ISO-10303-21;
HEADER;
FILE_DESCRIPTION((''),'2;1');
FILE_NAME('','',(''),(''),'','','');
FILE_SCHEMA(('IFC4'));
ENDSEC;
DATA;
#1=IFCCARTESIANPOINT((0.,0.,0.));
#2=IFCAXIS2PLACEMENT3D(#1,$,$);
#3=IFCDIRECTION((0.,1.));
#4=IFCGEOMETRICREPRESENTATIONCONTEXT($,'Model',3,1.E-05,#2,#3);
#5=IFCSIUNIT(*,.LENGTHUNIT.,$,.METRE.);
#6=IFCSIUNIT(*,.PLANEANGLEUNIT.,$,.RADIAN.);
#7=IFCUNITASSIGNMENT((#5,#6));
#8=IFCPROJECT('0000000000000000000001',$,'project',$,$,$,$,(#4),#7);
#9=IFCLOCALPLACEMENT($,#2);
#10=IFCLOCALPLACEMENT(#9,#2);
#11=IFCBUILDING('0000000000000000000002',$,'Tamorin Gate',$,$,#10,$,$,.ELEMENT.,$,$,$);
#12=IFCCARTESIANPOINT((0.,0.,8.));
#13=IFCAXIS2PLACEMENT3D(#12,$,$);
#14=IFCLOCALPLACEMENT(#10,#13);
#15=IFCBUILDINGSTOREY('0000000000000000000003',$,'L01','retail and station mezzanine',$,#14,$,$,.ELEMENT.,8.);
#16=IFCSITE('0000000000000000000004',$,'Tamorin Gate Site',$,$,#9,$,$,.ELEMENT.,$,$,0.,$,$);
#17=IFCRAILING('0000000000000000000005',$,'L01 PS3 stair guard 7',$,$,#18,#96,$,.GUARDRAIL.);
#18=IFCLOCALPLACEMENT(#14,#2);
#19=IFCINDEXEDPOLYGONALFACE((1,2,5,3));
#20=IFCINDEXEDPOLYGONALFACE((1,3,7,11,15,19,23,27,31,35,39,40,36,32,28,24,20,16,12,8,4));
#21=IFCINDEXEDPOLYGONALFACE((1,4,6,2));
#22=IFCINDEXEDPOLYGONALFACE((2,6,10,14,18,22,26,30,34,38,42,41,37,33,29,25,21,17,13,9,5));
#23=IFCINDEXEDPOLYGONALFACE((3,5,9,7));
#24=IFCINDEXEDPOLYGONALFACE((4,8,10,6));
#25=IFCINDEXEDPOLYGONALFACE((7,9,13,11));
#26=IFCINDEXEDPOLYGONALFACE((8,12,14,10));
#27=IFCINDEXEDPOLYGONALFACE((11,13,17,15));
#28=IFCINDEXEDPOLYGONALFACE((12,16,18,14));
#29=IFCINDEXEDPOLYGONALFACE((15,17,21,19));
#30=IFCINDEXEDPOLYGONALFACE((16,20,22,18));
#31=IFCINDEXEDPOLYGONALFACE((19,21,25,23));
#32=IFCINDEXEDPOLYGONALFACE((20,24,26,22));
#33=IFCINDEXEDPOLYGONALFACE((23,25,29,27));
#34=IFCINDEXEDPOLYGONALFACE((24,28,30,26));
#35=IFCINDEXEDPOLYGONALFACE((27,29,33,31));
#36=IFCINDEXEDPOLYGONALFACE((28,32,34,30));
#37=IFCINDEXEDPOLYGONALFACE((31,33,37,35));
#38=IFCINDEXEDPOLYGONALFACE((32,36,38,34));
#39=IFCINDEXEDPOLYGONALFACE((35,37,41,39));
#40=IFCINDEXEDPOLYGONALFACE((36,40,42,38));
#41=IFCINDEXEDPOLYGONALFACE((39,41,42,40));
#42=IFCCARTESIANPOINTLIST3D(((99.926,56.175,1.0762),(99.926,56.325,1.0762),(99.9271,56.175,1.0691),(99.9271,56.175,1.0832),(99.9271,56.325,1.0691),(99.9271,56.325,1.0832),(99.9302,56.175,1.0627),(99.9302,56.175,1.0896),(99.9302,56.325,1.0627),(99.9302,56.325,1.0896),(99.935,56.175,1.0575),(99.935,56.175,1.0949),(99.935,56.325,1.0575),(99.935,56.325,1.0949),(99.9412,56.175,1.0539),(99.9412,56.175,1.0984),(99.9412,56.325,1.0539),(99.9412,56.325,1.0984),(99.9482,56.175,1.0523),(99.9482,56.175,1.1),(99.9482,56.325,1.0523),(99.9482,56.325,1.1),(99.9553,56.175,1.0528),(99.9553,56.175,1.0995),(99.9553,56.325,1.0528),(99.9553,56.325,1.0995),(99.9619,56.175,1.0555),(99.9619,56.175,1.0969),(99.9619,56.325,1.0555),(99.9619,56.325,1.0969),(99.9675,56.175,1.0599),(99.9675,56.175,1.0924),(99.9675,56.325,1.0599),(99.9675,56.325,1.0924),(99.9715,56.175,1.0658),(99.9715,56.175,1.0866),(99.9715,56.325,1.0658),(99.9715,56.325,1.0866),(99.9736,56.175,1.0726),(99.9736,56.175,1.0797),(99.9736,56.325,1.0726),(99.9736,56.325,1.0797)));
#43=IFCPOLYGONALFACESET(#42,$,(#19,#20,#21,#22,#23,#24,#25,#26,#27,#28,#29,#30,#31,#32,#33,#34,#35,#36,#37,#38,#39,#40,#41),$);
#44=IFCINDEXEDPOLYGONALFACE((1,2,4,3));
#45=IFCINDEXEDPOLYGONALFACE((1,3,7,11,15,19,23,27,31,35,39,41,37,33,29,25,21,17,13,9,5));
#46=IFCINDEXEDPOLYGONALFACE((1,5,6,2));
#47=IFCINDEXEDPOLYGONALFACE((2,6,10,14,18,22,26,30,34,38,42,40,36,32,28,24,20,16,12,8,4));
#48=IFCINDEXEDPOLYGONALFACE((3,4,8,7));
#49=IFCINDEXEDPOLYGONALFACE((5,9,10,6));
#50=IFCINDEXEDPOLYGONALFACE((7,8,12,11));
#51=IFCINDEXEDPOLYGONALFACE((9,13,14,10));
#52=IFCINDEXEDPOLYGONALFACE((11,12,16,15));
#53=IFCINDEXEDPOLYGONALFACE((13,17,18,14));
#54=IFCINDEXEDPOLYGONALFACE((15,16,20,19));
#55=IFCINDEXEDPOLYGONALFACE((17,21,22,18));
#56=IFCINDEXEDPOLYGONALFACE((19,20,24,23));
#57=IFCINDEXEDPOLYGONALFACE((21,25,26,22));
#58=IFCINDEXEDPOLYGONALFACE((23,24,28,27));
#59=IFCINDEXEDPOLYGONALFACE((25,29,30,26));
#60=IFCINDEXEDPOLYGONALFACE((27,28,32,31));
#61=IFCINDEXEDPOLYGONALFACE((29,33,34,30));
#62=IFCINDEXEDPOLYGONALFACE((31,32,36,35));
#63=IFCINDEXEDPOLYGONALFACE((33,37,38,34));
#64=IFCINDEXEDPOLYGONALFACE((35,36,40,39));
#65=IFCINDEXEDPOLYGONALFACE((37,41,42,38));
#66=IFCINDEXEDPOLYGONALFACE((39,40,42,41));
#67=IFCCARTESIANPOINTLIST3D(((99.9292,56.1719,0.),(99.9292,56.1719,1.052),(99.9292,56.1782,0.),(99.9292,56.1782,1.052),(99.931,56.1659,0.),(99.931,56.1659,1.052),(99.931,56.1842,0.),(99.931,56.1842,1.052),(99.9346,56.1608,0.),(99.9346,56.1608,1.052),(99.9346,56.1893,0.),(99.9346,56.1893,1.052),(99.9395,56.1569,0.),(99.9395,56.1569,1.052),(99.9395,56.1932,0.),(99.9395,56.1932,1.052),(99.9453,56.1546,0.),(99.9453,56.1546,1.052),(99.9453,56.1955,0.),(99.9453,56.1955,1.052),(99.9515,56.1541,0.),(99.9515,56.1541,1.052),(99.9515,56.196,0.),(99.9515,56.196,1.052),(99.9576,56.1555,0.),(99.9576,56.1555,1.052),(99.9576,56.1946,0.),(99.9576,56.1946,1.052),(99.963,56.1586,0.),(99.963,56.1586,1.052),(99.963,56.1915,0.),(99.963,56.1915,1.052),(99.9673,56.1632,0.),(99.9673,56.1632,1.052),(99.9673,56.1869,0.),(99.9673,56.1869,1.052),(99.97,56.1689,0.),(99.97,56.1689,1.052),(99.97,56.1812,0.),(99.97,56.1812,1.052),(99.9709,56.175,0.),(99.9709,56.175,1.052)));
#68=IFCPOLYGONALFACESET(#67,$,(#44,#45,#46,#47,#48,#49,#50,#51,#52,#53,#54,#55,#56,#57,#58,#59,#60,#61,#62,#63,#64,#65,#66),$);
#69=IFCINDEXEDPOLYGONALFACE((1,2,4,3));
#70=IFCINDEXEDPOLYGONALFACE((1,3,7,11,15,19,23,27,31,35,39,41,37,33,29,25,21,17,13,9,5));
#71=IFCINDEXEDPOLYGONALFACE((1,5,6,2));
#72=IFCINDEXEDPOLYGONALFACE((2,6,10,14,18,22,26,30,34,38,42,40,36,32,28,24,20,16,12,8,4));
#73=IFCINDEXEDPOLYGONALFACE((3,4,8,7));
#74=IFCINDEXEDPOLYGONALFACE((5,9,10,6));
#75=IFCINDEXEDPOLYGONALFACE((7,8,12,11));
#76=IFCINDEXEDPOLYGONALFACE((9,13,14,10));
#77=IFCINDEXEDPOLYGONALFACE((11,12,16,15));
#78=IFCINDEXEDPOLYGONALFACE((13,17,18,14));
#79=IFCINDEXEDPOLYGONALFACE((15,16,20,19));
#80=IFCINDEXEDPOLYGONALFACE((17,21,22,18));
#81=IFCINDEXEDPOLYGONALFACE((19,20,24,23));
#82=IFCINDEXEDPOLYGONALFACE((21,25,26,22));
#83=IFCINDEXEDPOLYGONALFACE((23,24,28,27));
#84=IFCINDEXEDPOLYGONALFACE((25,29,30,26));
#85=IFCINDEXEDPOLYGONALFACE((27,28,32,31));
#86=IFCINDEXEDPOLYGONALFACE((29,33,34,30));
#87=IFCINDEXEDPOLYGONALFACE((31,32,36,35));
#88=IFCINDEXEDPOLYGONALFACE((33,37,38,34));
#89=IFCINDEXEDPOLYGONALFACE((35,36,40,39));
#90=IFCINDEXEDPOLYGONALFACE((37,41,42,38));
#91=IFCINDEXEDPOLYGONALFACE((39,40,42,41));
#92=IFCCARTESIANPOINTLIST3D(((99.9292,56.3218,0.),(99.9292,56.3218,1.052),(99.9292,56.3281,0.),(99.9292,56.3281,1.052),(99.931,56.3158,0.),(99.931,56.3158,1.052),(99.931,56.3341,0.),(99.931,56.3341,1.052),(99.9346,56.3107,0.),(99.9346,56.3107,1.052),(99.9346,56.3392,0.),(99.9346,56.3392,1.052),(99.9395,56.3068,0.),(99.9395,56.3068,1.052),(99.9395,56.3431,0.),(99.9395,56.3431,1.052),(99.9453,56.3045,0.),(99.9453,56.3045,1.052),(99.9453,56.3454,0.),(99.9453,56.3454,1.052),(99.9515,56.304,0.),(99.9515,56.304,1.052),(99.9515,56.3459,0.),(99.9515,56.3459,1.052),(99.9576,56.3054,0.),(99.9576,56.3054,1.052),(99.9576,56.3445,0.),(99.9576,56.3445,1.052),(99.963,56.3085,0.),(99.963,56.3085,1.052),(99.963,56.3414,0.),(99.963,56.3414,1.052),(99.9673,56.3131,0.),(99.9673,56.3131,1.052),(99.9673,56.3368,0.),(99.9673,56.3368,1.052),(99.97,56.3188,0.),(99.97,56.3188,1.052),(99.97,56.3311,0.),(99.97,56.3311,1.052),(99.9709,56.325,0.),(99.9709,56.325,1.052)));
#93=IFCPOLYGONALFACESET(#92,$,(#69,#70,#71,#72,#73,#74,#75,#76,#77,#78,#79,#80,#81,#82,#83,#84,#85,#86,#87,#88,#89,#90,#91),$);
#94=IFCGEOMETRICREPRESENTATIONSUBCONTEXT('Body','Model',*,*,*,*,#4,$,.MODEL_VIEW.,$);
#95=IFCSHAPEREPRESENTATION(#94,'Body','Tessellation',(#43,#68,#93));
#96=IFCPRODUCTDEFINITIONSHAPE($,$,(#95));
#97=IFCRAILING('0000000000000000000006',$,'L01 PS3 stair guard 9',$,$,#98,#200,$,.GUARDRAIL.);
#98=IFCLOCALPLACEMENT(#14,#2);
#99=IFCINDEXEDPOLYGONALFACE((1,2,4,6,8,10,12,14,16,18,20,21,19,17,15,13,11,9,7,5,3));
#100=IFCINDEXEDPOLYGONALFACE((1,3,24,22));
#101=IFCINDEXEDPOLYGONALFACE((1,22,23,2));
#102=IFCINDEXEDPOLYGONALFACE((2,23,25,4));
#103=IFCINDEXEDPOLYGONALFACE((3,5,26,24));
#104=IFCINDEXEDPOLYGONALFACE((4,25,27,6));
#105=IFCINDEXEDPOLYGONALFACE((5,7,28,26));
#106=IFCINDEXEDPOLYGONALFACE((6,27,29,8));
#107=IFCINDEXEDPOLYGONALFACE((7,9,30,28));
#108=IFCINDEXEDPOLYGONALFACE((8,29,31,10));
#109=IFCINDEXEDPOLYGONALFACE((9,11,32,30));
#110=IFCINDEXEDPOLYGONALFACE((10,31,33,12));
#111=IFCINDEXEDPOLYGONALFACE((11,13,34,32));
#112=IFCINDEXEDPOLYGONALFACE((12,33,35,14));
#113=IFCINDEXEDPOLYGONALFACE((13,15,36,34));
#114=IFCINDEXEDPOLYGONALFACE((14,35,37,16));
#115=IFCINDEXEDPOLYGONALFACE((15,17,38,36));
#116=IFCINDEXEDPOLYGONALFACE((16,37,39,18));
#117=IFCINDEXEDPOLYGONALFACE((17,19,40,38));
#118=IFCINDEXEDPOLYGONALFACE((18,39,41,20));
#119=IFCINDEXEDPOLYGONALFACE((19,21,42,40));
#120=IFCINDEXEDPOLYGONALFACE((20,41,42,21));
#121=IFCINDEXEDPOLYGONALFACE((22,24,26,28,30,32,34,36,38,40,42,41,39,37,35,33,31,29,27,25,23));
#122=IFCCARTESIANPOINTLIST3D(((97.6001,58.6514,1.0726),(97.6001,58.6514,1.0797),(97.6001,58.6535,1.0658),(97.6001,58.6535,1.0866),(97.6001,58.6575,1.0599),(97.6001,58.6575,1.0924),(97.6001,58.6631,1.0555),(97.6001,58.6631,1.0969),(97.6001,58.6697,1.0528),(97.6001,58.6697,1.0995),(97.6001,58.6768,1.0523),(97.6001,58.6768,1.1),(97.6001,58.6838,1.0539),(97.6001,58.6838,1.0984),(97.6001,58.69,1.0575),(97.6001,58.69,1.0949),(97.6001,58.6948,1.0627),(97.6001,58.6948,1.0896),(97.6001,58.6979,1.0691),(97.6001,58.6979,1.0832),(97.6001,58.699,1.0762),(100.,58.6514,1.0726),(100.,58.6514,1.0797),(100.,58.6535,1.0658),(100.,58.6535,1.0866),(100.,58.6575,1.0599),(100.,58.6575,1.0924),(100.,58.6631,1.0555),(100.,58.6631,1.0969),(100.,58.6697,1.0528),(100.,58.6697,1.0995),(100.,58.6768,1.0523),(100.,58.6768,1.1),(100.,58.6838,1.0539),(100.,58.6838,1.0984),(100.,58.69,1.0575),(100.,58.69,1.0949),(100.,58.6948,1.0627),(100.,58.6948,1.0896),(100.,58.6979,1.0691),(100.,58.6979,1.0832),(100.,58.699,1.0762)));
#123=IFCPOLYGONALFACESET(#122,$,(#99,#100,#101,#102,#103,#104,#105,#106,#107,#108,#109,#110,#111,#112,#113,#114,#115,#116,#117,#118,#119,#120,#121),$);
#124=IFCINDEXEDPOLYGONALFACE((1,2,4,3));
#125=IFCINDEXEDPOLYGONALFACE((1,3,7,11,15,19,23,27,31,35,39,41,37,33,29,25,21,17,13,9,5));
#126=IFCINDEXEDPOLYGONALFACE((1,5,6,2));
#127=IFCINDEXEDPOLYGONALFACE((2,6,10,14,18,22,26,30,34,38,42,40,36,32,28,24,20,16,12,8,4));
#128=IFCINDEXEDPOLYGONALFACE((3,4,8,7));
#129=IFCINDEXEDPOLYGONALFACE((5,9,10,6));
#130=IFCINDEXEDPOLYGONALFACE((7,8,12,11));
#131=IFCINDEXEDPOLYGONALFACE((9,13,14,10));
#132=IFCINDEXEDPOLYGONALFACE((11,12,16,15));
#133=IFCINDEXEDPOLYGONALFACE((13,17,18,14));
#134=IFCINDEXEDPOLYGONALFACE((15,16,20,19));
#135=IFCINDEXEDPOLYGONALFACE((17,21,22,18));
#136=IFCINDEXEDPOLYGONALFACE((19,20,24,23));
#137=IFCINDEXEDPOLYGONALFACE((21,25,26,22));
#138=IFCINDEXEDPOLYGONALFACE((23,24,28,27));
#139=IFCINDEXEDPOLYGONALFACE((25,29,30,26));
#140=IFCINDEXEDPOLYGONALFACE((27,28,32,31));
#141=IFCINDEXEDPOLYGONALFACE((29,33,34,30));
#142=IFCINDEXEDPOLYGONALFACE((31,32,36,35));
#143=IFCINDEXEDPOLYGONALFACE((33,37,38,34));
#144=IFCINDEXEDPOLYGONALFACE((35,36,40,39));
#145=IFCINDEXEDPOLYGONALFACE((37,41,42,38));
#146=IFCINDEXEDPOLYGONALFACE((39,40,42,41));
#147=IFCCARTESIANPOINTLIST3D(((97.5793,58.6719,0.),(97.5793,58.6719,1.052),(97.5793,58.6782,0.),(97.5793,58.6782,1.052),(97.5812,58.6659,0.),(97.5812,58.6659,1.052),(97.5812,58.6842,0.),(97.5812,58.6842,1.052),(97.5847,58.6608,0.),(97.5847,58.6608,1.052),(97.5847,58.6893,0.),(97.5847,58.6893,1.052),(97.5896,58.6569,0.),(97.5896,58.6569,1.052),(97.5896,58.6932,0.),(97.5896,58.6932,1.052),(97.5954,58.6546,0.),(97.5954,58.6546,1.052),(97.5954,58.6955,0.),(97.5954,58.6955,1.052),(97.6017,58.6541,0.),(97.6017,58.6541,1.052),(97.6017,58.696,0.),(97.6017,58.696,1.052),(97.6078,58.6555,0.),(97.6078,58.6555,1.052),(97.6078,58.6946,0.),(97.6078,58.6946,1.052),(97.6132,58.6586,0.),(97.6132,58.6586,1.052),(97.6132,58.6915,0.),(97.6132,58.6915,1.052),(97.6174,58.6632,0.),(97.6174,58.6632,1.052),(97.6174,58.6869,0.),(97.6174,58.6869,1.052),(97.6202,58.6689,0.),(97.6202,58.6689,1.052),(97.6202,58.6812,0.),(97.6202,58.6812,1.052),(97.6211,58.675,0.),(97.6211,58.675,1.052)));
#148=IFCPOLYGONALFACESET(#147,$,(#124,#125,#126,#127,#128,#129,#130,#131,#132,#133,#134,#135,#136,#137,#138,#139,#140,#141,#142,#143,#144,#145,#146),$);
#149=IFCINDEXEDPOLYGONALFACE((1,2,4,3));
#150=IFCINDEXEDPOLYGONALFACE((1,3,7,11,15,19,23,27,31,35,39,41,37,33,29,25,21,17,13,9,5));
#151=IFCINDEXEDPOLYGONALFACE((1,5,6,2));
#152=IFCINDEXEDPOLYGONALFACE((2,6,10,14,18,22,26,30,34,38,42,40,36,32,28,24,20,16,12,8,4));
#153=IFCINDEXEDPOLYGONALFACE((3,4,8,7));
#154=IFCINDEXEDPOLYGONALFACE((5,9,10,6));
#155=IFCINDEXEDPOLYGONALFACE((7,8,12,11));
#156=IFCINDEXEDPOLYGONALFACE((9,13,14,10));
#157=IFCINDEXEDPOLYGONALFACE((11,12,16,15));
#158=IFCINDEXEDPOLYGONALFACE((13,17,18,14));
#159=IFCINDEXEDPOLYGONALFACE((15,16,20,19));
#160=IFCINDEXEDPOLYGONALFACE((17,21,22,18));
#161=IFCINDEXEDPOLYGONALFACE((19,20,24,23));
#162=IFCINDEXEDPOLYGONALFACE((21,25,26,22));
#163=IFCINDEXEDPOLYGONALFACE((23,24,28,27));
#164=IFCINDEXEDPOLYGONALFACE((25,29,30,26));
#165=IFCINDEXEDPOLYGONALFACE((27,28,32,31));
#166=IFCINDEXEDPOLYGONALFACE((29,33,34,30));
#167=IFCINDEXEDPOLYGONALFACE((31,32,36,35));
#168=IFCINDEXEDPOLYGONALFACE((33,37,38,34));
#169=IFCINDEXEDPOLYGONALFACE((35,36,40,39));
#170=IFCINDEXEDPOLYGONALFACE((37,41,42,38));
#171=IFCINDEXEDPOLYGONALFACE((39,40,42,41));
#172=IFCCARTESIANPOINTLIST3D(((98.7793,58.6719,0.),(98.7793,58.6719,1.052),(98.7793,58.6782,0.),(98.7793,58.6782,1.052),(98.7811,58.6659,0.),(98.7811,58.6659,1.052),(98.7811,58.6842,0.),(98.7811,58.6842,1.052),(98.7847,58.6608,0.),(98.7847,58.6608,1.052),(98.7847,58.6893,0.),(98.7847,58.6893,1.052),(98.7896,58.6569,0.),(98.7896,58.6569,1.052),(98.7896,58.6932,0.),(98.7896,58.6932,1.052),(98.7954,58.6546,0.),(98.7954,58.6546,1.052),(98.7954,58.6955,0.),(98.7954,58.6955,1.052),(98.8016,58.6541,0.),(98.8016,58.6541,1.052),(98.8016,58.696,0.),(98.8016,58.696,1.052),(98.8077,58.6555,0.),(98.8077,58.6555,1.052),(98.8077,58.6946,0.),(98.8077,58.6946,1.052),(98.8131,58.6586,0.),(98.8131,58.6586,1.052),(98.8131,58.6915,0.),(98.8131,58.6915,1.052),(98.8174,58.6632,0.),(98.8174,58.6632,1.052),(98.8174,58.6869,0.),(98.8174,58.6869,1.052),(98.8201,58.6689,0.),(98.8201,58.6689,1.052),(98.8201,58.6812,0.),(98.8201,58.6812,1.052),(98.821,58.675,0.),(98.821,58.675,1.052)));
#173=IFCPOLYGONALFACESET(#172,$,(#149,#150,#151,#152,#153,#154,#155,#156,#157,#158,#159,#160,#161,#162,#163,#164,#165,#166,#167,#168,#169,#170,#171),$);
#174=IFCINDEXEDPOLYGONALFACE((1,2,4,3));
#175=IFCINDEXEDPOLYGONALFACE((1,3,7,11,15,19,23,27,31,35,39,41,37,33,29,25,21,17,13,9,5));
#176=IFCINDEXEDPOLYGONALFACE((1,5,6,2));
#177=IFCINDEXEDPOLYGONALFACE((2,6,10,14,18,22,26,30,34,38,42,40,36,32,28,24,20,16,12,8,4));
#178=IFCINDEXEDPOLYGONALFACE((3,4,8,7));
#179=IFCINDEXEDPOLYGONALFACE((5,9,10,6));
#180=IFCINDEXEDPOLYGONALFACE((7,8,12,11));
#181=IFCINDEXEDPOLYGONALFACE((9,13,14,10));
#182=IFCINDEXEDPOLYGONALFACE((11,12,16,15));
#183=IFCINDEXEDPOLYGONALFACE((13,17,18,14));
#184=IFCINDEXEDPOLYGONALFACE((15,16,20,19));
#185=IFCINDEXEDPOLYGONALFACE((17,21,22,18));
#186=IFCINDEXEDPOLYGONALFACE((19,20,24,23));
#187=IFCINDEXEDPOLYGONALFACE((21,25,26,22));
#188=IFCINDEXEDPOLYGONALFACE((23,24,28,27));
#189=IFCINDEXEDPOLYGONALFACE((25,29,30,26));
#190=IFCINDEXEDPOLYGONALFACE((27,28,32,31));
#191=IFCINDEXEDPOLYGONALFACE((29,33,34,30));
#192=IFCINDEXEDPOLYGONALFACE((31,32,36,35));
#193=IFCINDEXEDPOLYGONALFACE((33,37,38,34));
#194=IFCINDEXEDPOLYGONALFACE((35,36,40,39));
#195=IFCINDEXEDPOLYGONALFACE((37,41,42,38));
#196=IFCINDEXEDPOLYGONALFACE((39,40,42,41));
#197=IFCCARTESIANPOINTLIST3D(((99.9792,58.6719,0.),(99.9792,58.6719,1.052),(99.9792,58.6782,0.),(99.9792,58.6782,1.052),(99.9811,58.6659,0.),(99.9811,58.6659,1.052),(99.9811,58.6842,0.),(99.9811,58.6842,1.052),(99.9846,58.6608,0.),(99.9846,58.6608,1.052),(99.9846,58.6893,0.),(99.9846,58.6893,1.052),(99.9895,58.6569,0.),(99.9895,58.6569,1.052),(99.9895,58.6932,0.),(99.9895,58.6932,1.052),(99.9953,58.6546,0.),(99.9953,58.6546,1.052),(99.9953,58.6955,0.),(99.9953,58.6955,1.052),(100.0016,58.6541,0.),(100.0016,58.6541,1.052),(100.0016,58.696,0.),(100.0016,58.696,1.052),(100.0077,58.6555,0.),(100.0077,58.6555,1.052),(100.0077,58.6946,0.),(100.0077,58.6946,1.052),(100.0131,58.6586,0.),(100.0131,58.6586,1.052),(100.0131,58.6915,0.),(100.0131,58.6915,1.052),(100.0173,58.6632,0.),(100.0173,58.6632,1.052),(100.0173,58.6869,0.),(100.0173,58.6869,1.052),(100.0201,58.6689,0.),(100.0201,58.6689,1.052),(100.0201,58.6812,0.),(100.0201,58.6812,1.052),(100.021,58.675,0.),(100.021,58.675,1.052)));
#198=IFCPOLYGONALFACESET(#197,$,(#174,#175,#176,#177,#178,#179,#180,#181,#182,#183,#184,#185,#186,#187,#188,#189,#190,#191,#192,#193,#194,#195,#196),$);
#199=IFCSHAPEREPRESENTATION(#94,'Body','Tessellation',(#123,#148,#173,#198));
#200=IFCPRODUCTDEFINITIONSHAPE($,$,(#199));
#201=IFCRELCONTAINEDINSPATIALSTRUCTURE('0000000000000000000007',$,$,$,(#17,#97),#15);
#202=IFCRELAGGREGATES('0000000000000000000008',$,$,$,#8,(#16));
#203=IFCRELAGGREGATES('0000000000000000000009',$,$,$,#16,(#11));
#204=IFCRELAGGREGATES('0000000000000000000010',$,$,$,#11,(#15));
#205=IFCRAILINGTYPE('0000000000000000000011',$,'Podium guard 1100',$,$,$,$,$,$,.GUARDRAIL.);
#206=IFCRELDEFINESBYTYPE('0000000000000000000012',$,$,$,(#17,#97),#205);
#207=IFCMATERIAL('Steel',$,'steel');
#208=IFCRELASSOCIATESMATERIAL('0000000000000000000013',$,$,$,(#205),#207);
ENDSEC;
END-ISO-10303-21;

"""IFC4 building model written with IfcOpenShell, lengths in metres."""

from ifc_helpers import new_model, si_unit, direction, frame, origin, origin_2d, place, context, subcontext, project, spatial, circle, extrude, material, type_object, element, save


model = new_model("IFC4")

# Units and contexts
model_context = context("Model", 3, precision=1e-05, world=origin(), true_north=direction((0.0, 1.0)))
body_context = subcontext(model_context, "Body", "Model", "MODEL_VIEW")
ifc_project = project(units=[si_unit("LENGTHUNIT", "METRE"), si_unit("PLANEANGLEUNIT", "RADIAN")], contexts=[model_context])

# Site, building, storey
site_placement = place(None, origin())
site = spatial("IfcSite", under=ifc_project, at=site_placement, Name="Tamorin Gate Site", CompositionType="ELEMENT", RefElevation=0.0)
building_placement = place(site_placement, origin())
building = spatial("IfcBuilding", under=site, at=building_placement, Name="Tamorin Gate", CompositionType="ELEMENT")
storey_placement = place(building_placement, frame((0.0, 0.0, 8.0)))
storey = spatial("IfcBuildingStorey", under=building, at=storey_placement, Name="L01", Description="retail and station mezzanine", CompositionType="ELEMENT", Elevation=8.0)

# Railings
ifc_material_1 = material(Name="Steel", Category="steel")
railing_type_1 = type_object("IfcRailingType", Name="Podium guard 1100", PredefinedType="GUARDRAIL", material=ifc_material_1)
railing_1_placement = place(storey_placement, frame((99.95, 56.175, 0.0)))
element("IfcRailing", 1, at=railing_1_placement, inside=storey, type_object=railing_type_1, Name="L01 PS3 stair guard 7", PredefinedType="GUARDRAIL", context=body_context, shape_type="SweptSolid", body=[
    extrude(circle(Radius=0.0239, at=origin_2d()), frame((0.0, 0.0, 1.0762), z_axis=(0.0, 1.0, 0.0), x_axis=(-1.0, 0.0, 0.0)), (0.0, 0.0, 1.0), 0.1499),
    extrude(circle(Radius=0.021, at=origin_2d()), origin(), (0.0, 0.0, 1.0), 1.052),
    extrude(circle(Radius=0.021, at=origin_2d()), frame((0.0, 0.1499, 0.0)), (0.0, 0.0, 1.0), 1.052),
])
railing_2_placement = place(storey_placement, frame((97.6001, 58.675, 0.0)))
element("IfcRailing", 2, at=railing_2_placement, inside=storey, type_object=railing_type_1, Name="L01 PS3 stair guard 9", PredefinedType="GUARDRAIL", context=body_context, shape_type="SweptSolid", body=[
    extrude(circle(Radius=0.0239, at=origin_2d()), frame((0.0, 0.0, 1.0762), z_axis=(1.0, 0.0, 0.0), x_axis=(0.0, 1.0, 0.0)), (0.0, 0.0, 1.0), 2.3999),
    extrude(circle(Radius=0.021, at=origin_2d()), origin(), (0.0, 0.0, 1.0), 1.052),
    extrude(circle(Radius=0.021, at=origin_2d()), frame((1.2, 0.0, 0.0)), (0.0, 0.0, 1.0), 1.052),
    extrude(circle(Radius=0.021, at=origin_2d()), frame((2.3999, 0.0, 0.0)), (0.0, 0.0, 1.0), 1.052),
])

save(model, "model.ifc")
